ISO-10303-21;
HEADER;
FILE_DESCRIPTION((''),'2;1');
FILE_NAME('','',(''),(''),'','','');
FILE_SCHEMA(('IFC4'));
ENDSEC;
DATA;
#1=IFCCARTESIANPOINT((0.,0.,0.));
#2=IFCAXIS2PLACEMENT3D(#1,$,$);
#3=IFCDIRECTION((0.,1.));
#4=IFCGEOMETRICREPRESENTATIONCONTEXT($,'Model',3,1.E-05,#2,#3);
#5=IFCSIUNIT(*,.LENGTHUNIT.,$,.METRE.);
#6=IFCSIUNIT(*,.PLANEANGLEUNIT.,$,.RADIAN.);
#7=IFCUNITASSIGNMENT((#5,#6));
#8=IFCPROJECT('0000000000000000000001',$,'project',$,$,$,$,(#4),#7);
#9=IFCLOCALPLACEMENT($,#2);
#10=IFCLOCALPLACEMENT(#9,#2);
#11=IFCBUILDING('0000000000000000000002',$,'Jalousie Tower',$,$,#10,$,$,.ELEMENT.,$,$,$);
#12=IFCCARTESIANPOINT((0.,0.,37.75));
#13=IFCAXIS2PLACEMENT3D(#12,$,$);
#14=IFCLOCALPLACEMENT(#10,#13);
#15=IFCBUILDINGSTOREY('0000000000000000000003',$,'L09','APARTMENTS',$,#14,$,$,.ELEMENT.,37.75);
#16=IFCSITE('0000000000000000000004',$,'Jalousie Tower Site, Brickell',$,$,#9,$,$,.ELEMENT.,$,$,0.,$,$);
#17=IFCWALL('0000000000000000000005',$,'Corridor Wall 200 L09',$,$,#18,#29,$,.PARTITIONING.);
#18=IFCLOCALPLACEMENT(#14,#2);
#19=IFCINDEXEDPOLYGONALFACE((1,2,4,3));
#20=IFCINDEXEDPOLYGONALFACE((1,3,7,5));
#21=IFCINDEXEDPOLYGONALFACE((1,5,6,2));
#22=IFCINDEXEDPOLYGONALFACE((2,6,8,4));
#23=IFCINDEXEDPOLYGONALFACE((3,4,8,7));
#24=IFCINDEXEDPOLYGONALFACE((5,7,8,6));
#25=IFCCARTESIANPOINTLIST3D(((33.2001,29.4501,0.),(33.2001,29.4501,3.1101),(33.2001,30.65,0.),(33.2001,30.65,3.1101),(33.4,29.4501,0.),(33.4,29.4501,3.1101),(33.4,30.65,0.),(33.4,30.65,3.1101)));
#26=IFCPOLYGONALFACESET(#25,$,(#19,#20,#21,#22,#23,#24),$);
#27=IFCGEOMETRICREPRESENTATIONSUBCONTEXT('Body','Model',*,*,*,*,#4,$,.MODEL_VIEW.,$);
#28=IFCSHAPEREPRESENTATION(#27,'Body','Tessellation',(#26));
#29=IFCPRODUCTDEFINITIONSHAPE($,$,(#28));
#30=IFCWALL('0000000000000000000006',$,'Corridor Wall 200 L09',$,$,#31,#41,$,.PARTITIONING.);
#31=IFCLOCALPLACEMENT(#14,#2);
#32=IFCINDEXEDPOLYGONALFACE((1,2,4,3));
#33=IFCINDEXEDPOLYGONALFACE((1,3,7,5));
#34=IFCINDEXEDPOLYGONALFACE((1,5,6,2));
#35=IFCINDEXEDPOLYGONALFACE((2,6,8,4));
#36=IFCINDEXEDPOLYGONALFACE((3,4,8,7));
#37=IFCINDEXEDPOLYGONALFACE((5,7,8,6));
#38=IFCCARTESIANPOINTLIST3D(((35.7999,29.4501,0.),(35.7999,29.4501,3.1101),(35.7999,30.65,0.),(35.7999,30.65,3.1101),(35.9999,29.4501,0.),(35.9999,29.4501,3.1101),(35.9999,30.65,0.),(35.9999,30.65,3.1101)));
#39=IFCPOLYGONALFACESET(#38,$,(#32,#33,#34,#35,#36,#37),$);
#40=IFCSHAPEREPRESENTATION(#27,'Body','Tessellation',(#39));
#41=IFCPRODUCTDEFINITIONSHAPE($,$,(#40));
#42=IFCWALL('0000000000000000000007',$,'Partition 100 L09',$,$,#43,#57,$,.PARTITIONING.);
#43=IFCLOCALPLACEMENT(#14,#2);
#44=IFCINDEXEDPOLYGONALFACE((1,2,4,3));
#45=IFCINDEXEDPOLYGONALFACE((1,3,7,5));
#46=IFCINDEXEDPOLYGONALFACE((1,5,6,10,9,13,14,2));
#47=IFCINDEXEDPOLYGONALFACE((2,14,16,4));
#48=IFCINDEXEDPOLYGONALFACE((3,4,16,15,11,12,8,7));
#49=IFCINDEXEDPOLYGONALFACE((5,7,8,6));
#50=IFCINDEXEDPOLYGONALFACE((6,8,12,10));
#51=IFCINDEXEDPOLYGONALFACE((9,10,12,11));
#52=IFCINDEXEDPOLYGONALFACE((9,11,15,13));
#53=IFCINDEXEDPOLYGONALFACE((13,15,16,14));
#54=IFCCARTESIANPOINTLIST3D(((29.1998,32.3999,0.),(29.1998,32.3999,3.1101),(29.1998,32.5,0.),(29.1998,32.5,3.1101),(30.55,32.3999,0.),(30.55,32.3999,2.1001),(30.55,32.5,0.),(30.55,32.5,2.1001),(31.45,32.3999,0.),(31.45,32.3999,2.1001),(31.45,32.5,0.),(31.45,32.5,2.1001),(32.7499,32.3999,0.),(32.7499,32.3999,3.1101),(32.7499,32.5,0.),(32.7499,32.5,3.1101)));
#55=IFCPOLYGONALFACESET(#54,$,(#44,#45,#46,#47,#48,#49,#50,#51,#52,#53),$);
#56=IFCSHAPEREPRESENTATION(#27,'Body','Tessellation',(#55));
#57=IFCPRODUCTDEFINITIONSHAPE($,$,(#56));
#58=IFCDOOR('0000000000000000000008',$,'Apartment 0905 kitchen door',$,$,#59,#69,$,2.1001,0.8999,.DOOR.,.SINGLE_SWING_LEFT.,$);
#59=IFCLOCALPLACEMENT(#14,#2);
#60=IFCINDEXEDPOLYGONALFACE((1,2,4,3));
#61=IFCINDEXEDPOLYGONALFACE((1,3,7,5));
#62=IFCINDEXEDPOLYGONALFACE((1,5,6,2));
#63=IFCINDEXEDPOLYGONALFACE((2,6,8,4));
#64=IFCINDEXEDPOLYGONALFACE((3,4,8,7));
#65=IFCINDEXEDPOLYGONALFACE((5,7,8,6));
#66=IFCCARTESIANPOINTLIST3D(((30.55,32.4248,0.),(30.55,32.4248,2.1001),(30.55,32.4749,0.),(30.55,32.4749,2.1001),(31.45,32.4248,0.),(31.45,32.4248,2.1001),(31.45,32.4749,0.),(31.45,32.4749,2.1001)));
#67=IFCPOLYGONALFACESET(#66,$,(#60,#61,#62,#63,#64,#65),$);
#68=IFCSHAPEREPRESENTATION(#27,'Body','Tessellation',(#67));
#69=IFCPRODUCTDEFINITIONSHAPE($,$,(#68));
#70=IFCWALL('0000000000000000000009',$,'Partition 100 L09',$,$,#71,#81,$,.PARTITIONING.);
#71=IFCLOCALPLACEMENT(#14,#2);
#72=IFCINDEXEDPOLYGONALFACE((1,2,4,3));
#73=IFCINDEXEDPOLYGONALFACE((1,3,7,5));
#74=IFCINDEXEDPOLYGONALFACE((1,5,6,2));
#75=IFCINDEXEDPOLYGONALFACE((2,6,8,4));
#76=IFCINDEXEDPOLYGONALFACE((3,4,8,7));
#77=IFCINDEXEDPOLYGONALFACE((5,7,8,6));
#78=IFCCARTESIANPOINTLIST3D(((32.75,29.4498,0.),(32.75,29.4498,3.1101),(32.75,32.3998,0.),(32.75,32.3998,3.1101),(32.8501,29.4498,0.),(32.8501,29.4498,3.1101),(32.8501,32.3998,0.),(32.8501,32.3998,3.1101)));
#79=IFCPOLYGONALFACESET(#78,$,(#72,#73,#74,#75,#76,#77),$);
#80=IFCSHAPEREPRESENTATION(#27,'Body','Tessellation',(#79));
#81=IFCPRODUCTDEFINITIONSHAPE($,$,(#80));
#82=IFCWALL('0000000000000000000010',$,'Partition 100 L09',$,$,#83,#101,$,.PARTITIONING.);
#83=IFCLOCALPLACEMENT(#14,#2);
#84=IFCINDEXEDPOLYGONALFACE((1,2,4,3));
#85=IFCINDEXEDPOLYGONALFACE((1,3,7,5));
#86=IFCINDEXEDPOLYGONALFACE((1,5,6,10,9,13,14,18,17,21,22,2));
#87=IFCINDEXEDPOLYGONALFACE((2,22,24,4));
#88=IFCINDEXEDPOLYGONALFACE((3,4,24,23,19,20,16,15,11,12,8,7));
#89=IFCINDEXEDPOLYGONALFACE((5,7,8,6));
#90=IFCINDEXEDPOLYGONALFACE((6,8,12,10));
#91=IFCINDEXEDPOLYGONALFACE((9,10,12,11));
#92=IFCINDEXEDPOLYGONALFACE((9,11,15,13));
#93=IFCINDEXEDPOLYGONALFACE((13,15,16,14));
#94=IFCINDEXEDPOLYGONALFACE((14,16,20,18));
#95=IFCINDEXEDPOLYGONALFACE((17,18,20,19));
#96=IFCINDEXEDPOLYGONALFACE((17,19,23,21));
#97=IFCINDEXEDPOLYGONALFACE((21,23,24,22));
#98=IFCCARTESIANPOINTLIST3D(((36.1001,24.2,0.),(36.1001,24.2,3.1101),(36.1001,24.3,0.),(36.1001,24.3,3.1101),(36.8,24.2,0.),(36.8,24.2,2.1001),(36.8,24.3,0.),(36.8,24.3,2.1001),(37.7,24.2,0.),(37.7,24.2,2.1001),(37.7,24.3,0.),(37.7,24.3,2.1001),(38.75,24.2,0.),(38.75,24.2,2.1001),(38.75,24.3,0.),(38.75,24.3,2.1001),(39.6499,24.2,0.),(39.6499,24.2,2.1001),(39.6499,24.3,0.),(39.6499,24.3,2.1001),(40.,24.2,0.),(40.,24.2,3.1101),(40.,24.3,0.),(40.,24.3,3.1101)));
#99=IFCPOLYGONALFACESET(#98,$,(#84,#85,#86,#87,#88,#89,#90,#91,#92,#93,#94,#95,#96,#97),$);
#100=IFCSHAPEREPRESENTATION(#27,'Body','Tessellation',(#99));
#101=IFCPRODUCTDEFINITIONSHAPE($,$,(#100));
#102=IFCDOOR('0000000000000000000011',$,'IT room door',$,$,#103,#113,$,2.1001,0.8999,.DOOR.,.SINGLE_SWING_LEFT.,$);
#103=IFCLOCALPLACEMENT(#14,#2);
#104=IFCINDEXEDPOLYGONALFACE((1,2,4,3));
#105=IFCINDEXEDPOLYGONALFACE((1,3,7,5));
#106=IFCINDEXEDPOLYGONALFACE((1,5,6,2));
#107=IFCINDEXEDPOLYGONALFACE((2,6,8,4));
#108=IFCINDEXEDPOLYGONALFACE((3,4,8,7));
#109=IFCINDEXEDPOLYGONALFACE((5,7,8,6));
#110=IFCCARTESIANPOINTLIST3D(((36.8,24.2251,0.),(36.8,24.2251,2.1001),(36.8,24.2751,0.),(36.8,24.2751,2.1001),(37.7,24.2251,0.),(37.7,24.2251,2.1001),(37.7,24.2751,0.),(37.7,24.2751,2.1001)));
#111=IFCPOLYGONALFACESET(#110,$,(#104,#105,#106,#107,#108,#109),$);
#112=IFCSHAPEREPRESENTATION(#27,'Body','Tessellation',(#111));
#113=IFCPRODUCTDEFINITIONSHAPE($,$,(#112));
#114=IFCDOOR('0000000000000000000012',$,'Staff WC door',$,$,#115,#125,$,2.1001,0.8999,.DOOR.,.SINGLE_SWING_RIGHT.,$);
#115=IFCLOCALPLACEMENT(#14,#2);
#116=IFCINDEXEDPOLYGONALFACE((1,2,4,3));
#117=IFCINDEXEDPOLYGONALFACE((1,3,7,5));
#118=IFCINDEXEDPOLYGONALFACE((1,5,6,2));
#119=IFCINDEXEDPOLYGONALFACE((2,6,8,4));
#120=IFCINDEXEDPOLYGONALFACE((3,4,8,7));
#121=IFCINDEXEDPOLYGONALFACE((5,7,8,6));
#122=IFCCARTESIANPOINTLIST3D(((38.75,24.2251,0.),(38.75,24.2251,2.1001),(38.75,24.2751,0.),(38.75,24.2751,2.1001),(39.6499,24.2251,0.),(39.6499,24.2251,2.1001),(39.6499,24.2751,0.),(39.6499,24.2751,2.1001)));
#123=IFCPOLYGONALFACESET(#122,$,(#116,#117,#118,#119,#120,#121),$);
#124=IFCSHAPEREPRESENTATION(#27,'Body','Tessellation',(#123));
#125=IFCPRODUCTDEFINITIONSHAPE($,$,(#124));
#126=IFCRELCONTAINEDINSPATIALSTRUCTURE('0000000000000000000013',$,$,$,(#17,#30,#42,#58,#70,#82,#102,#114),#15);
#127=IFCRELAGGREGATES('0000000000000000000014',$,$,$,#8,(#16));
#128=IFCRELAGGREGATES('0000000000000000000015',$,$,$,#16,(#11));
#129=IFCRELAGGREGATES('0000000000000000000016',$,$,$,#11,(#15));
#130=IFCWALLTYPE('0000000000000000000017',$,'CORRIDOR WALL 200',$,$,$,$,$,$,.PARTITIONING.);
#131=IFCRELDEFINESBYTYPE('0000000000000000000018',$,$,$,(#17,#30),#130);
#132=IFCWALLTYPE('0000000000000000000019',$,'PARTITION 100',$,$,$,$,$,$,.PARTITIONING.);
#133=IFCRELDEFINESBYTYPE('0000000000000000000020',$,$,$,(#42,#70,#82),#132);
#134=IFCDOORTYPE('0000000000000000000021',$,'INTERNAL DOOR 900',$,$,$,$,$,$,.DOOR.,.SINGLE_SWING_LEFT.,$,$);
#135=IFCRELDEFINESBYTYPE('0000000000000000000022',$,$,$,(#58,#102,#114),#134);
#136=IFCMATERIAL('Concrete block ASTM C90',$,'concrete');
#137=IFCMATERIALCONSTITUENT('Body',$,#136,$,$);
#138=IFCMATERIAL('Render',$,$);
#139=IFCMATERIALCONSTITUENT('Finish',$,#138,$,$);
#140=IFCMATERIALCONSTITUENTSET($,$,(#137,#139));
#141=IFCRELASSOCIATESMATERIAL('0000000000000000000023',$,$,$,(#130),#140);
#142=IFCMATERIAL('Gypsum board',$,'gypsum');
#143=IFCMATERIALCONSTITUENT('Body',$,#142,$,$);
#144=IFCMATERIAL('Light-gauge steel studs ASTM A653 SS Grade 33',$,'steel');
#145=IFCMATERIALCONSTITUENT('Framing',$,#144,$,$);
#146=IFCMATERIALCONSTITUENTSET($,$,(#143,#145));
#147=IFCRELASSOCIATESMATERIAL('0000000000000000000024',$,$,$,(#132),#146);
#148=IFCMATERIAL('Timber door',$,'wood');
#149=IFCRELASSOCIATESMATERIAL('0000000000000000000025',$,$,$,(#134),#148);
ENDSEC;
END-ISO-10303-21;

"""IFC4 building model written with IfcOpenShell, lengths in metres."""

from ifc_helpers import new_model, si_unit, direction, frame, frame_2d, origin, place, context, subcontext, project, spatial, rectangle, extrude, material, constituent, constituent_set, type_object, element, fill, save


model = new_model("IFC4")

# Units and contexts
model_context = context("Model", 3, precision=1e-05, world=origin(), true_north=direction((0.0, 1.0)))
body_context = subcontext(model_context, "Body", "Model", "MODEL_VIEW")
ifc_project = project(units=[si_unit("LENGTHUNIT", "METRE"), si_unit("PLANEANGLEUNIT", "RADIAN")], contexts=[model_context])

# Site, building, storey
site_placement = place(None, origin())
site = spatial("IfcSite", under=ifc_project, at=site_placement, Name="Jalousie Tower Site, Brickell", CompositionType="ELEMENT", RefElevation=0.0)
building_placement = place(site_placement, origin())
building = spatial("IfcBuilding", under=site, at=building_placement, Name="Jalousie Tower", CompositionType="ELEMENT")
storey_placement = place(building_placement, frame((0.0, 0.0, 37.75)))
storey = spatial("IfcBuildingStorey", under=building, at=storey_placement, Name="L09", Description="APARTMENTS", CompositionType="ELEMENT", Elevation=37.75)

# Shared definitions
ifc_material_1 = material(Name="Concrete block ASTM C90", Category="concrete")
ifc_constituent_1 = constituent(ifc_material_1, Name="Body")
ifc_material_2 = material(Name="Render")
ifc_constituent_2 = constituent(ifc_material_2, Name="Finish")
ifc_constituent_set_1 = constituent_set(constituents=[ifc_constituent_1, ifc_constituent_2])
wall_type_1 = type_object("IfcWallType", Name="CORRIDOR WALL 200", PredefinedType="PARTITIONING", material=ifc_constituent_set_1)

# Walls
for number, where, z_axis, x_axis, name in (
    (1, (33.3, 29.45, 0.0), (0.0, 0.0, 1.0), (0.0, 1.0, 0.0), "Corridor Wall 200 L09"),
    (2, (35.8999, 29.45, 0.0), (0.0, 0.0, 1.0), (0.0, 1.0, 0.0), "Corridor Wall 200 L09"),
):
    element("IfcWall", number, at=place(storey_placement, frame(where, z_axis=z_axis, x_axis=x_axis)), inside=storey, type_object=wall_type_1, Name=name, PredefinedType="PARTITIONING", context=body_context, shape_type="SweptSolid", body=[
        extrude(rectangle(XDim=1.2, YDim=0.2, at=frame_2d((0.6001, 0.0))), origin(), (0.0, 0.0, 1.0), 3.1101),
    ])

# Wall, opening, door
ifc_material_3 = material(Name="Gypsum board", Category="gypsum")
ifc_constituent_3 = constituent(ifc_material_3, Name="Body")
ifc_material_4 = material(Name="Light-gauge steel studs ASTM A653 SS Grade 33", Category="steel")
ifc_constituent_4 = constituent(ifc_material_4, Name="Framing")
ifc_constituent_set_2 = constituent_set(constituents=[ifc_constituent_3, ifc_constituent_4])
wall_type_2 = type_object("IfcWallType", Name="PARTITION 100", PredefinedType="PARTITIONING", material=ifc_constituent_set_2)
wall_1_placement = place(storey_placement, frame((29.2, 32.45, 0.0), z_axis=(0.0, 0.0, 1.0), x_axis=(1.0, 0.0, 0.0)))
wall_1 = element("IfcWall", 3, at=wall_1_placement, inside=storey, type_object=wall_type_2, Name="Partition 100 L09", PredefinedType="PARTITIONING", context=body_context, shape_type="SweptSolid", body=[
    extrude(rectangle(XDim=3.55, YDim=0.1001, at=frame_2d((1.7749, 0.0))), origin(), (0.0, 0.0, 1.0), 3.1101),
])
opening_1_placement = place(wall_1_placement, frame((1.3501, 0.0, 0.0)))
opening_1 = element("IfcOpeningElement", 4, at=opening_1_placement, cuts=wall_1, PredefinedType="OPENING", context=body_context, shape_type="SweptSolid", body=[
    extrude(rectangle(XDim=0.8999, YDim=2.1001, at=frame_2d((0.45, 1.05))), frame((0.0, 0.0601, 0.0), z_axis=(0.0, -1.0, 0.0), x_axis=(1.0, 0.0, 0.0)), (0.0, 0.0, 1.0), 0.1201),
])
ifc_material_5 = material(Name="Timber door", Category="wood")
door_type_1 = type_object("IfcDoorType", Name="INTERNAL DOOR 900", OperationType="SINGLE_SWING_LEFT", PredefinedType="DOOR", material=ifc_material_5)
door_1_placement = place(opening_1_placement, origin())
door_1 = element("IfcDoor", 5, at=door_1_placement, inside=storey, type_object=door_type_1, Name="Apartment 0905 kitchen door", OperationType="SINGLE_SWING_LEFT", OverallHeight=2.1001, OverallWidth=0.8999, PredefinedType="DOOR", context=body_context, shape_type="SweptSolid", body=[
    extrude(rectangle(XDim=0.8999, YDim=2.1001, at=frame_2d((0.45, 1.05))), frame((0.0, 0.0249, 0.0), z_axis=(0.0, -1.0, 0.0), x_axis=(1.0, 0.0, 0.0)), (0.0, 0.0, 1.0), 0.05),
])
fill(opening_1, door_1)

# Wall
wall_2_placement = place(storey_placement, frame((32.8, 32.3999, 0.0), z_axis=(0.0, 0.0, 1.0), x_axis=(0.0, -1.0, 0.0)))
element("IfcWall", 6, at=wall_2_placement, inside=storey, type_object=wall_type_2, Name="Partition 100 L09", PredefinedType="PARTITIONING", context=body_context, shape_type="SweptSolid", body=[
    extrude(rectangle(XDim=2.95, YDim=0.1001, at=frame_2d((1.4751, 0.0))), origin(), (0.0, 0.0, 1.0), 3.1101),
])

# Wall, openings, doors
wall_3_placement = place(storey_placement, frame((36.1001, 24.25, 0.0), z_axis=(0.0, 0.0, 1.0), x_axis=(1.0, 0.0, 0.0)))
wall_3 = element("IfcWall", 7, at=wall_3_placement, inside=storey, type_object=wall_type_2, Name="Partition 100 L09", PredefinedType="PARTITIONING", context=body_context, shape_type="SweptSolid", body=[
    extrude(rectangle(XDim=3.8999, YDim=0.1001, at=frame_2d((1.95, 0.0))), origin(), (0.0, 0.0, 1.0), 3.1101),
])
opening_2_placement = place(wall_3_placement, frame((0.7, 0.0, 0.0)))
opening_2 = element("IfcOpeningElement", 8, at=opening_2_placement, cuts=wall_3, PredefinedType="OPENING", context=body_context, shape_type="SweptSolid", body=[
    extrude(rectangle(XDim=0.8999, YDim=2.1001, at=frame_2d((0.45, 1.05))), frame((0.0, 0.0601, 0.0), z_axis=(0.0, -1.0, 0.0), x_axis=(1.0, 0.0, 0.0)), (0.0, 0.0, 1.0), 0.1201),
])
opening_3_placement = place(wall_3_placement, frame((2.6499, 0.0, 0.0)))
opening_3 = element("IfcOpeningElement", 9, at=opening_3_placement, cuts=wall_3, PredefinedType="OPENING", context=body_context, shape_type="SweptSolid", body=[
    extrude(rectangle(XDim=0.8999, YDim=2.1001, at=frame_2d((0.45, 1.05))), frame((0.0, 0.0601, 0.0), z_axis=(0.0, -1.0, 0.0), x_axis=(1.0, 0.0, 0.0)), (0.0, 0.0, 1.0), 0.1201),
])
door_2_placement = place(opening_2_placement, frame((0.8999, 0.0, 0.0), z_axis=(0.0, 0.0, 1.0), x_axis=(-1.0, 0.0, 0.0)))
door_2 = element("IfcDoor", 10, at=door_2_placement, inside=storey, type_object=door_type_1, Name="IT room door", OperationType="SINGLE_SWING_LEFT", OverallHeight=2.1001, OverallWidth=0.8999, PredefinedType="DOOR", context=body_context, shape_type="SweptSolid", body=[
    extrude(rectangle(XDim=0.8999, YDim=2.1001, at=frame_2d((0.45, 1.05))), frame((0.0, 0.0249, 0.0), z_axis=(0.0, -1.0, 0.0), x_axis=(1.0, 0.0, 0.0)), (0.0, 0.0, 1.0), 0.05),
])
fill(opening_2, door_2)
door_3_placement = place(opening_3_placement, frame((0.8999, 0.0, 0.0), z_axis=(0.0, 0.0, 1.0), x_axis=(-1.0, 0.0, 0.0)))
door_3 = element("IfcDoor", 11, at=door_3_placement, inside=storey, type_object=door_type_1, Name="Staff WC door", OperationType="SINGLE_SWING_RIGHT", OverallHeight=2.1001, OverallWidth=0.8999, PredefinedType="DOOR", context=body_context, shape_type="SweptSolid", body=[
    extrude(rectangle(XDim=0.8999, YDim=2.1001, at=frame_2d((0.45, 1.05))), frame((0.0, 0.0249, 0.0), z_axis=(0.0, -1.0, 0.0), x_axis=(1.0, 0.0, 0.0)), (0.0, 0.0, 1.0), 0.05),
])
fill(opening_3, door_3)

save(model, "model.ifc")
